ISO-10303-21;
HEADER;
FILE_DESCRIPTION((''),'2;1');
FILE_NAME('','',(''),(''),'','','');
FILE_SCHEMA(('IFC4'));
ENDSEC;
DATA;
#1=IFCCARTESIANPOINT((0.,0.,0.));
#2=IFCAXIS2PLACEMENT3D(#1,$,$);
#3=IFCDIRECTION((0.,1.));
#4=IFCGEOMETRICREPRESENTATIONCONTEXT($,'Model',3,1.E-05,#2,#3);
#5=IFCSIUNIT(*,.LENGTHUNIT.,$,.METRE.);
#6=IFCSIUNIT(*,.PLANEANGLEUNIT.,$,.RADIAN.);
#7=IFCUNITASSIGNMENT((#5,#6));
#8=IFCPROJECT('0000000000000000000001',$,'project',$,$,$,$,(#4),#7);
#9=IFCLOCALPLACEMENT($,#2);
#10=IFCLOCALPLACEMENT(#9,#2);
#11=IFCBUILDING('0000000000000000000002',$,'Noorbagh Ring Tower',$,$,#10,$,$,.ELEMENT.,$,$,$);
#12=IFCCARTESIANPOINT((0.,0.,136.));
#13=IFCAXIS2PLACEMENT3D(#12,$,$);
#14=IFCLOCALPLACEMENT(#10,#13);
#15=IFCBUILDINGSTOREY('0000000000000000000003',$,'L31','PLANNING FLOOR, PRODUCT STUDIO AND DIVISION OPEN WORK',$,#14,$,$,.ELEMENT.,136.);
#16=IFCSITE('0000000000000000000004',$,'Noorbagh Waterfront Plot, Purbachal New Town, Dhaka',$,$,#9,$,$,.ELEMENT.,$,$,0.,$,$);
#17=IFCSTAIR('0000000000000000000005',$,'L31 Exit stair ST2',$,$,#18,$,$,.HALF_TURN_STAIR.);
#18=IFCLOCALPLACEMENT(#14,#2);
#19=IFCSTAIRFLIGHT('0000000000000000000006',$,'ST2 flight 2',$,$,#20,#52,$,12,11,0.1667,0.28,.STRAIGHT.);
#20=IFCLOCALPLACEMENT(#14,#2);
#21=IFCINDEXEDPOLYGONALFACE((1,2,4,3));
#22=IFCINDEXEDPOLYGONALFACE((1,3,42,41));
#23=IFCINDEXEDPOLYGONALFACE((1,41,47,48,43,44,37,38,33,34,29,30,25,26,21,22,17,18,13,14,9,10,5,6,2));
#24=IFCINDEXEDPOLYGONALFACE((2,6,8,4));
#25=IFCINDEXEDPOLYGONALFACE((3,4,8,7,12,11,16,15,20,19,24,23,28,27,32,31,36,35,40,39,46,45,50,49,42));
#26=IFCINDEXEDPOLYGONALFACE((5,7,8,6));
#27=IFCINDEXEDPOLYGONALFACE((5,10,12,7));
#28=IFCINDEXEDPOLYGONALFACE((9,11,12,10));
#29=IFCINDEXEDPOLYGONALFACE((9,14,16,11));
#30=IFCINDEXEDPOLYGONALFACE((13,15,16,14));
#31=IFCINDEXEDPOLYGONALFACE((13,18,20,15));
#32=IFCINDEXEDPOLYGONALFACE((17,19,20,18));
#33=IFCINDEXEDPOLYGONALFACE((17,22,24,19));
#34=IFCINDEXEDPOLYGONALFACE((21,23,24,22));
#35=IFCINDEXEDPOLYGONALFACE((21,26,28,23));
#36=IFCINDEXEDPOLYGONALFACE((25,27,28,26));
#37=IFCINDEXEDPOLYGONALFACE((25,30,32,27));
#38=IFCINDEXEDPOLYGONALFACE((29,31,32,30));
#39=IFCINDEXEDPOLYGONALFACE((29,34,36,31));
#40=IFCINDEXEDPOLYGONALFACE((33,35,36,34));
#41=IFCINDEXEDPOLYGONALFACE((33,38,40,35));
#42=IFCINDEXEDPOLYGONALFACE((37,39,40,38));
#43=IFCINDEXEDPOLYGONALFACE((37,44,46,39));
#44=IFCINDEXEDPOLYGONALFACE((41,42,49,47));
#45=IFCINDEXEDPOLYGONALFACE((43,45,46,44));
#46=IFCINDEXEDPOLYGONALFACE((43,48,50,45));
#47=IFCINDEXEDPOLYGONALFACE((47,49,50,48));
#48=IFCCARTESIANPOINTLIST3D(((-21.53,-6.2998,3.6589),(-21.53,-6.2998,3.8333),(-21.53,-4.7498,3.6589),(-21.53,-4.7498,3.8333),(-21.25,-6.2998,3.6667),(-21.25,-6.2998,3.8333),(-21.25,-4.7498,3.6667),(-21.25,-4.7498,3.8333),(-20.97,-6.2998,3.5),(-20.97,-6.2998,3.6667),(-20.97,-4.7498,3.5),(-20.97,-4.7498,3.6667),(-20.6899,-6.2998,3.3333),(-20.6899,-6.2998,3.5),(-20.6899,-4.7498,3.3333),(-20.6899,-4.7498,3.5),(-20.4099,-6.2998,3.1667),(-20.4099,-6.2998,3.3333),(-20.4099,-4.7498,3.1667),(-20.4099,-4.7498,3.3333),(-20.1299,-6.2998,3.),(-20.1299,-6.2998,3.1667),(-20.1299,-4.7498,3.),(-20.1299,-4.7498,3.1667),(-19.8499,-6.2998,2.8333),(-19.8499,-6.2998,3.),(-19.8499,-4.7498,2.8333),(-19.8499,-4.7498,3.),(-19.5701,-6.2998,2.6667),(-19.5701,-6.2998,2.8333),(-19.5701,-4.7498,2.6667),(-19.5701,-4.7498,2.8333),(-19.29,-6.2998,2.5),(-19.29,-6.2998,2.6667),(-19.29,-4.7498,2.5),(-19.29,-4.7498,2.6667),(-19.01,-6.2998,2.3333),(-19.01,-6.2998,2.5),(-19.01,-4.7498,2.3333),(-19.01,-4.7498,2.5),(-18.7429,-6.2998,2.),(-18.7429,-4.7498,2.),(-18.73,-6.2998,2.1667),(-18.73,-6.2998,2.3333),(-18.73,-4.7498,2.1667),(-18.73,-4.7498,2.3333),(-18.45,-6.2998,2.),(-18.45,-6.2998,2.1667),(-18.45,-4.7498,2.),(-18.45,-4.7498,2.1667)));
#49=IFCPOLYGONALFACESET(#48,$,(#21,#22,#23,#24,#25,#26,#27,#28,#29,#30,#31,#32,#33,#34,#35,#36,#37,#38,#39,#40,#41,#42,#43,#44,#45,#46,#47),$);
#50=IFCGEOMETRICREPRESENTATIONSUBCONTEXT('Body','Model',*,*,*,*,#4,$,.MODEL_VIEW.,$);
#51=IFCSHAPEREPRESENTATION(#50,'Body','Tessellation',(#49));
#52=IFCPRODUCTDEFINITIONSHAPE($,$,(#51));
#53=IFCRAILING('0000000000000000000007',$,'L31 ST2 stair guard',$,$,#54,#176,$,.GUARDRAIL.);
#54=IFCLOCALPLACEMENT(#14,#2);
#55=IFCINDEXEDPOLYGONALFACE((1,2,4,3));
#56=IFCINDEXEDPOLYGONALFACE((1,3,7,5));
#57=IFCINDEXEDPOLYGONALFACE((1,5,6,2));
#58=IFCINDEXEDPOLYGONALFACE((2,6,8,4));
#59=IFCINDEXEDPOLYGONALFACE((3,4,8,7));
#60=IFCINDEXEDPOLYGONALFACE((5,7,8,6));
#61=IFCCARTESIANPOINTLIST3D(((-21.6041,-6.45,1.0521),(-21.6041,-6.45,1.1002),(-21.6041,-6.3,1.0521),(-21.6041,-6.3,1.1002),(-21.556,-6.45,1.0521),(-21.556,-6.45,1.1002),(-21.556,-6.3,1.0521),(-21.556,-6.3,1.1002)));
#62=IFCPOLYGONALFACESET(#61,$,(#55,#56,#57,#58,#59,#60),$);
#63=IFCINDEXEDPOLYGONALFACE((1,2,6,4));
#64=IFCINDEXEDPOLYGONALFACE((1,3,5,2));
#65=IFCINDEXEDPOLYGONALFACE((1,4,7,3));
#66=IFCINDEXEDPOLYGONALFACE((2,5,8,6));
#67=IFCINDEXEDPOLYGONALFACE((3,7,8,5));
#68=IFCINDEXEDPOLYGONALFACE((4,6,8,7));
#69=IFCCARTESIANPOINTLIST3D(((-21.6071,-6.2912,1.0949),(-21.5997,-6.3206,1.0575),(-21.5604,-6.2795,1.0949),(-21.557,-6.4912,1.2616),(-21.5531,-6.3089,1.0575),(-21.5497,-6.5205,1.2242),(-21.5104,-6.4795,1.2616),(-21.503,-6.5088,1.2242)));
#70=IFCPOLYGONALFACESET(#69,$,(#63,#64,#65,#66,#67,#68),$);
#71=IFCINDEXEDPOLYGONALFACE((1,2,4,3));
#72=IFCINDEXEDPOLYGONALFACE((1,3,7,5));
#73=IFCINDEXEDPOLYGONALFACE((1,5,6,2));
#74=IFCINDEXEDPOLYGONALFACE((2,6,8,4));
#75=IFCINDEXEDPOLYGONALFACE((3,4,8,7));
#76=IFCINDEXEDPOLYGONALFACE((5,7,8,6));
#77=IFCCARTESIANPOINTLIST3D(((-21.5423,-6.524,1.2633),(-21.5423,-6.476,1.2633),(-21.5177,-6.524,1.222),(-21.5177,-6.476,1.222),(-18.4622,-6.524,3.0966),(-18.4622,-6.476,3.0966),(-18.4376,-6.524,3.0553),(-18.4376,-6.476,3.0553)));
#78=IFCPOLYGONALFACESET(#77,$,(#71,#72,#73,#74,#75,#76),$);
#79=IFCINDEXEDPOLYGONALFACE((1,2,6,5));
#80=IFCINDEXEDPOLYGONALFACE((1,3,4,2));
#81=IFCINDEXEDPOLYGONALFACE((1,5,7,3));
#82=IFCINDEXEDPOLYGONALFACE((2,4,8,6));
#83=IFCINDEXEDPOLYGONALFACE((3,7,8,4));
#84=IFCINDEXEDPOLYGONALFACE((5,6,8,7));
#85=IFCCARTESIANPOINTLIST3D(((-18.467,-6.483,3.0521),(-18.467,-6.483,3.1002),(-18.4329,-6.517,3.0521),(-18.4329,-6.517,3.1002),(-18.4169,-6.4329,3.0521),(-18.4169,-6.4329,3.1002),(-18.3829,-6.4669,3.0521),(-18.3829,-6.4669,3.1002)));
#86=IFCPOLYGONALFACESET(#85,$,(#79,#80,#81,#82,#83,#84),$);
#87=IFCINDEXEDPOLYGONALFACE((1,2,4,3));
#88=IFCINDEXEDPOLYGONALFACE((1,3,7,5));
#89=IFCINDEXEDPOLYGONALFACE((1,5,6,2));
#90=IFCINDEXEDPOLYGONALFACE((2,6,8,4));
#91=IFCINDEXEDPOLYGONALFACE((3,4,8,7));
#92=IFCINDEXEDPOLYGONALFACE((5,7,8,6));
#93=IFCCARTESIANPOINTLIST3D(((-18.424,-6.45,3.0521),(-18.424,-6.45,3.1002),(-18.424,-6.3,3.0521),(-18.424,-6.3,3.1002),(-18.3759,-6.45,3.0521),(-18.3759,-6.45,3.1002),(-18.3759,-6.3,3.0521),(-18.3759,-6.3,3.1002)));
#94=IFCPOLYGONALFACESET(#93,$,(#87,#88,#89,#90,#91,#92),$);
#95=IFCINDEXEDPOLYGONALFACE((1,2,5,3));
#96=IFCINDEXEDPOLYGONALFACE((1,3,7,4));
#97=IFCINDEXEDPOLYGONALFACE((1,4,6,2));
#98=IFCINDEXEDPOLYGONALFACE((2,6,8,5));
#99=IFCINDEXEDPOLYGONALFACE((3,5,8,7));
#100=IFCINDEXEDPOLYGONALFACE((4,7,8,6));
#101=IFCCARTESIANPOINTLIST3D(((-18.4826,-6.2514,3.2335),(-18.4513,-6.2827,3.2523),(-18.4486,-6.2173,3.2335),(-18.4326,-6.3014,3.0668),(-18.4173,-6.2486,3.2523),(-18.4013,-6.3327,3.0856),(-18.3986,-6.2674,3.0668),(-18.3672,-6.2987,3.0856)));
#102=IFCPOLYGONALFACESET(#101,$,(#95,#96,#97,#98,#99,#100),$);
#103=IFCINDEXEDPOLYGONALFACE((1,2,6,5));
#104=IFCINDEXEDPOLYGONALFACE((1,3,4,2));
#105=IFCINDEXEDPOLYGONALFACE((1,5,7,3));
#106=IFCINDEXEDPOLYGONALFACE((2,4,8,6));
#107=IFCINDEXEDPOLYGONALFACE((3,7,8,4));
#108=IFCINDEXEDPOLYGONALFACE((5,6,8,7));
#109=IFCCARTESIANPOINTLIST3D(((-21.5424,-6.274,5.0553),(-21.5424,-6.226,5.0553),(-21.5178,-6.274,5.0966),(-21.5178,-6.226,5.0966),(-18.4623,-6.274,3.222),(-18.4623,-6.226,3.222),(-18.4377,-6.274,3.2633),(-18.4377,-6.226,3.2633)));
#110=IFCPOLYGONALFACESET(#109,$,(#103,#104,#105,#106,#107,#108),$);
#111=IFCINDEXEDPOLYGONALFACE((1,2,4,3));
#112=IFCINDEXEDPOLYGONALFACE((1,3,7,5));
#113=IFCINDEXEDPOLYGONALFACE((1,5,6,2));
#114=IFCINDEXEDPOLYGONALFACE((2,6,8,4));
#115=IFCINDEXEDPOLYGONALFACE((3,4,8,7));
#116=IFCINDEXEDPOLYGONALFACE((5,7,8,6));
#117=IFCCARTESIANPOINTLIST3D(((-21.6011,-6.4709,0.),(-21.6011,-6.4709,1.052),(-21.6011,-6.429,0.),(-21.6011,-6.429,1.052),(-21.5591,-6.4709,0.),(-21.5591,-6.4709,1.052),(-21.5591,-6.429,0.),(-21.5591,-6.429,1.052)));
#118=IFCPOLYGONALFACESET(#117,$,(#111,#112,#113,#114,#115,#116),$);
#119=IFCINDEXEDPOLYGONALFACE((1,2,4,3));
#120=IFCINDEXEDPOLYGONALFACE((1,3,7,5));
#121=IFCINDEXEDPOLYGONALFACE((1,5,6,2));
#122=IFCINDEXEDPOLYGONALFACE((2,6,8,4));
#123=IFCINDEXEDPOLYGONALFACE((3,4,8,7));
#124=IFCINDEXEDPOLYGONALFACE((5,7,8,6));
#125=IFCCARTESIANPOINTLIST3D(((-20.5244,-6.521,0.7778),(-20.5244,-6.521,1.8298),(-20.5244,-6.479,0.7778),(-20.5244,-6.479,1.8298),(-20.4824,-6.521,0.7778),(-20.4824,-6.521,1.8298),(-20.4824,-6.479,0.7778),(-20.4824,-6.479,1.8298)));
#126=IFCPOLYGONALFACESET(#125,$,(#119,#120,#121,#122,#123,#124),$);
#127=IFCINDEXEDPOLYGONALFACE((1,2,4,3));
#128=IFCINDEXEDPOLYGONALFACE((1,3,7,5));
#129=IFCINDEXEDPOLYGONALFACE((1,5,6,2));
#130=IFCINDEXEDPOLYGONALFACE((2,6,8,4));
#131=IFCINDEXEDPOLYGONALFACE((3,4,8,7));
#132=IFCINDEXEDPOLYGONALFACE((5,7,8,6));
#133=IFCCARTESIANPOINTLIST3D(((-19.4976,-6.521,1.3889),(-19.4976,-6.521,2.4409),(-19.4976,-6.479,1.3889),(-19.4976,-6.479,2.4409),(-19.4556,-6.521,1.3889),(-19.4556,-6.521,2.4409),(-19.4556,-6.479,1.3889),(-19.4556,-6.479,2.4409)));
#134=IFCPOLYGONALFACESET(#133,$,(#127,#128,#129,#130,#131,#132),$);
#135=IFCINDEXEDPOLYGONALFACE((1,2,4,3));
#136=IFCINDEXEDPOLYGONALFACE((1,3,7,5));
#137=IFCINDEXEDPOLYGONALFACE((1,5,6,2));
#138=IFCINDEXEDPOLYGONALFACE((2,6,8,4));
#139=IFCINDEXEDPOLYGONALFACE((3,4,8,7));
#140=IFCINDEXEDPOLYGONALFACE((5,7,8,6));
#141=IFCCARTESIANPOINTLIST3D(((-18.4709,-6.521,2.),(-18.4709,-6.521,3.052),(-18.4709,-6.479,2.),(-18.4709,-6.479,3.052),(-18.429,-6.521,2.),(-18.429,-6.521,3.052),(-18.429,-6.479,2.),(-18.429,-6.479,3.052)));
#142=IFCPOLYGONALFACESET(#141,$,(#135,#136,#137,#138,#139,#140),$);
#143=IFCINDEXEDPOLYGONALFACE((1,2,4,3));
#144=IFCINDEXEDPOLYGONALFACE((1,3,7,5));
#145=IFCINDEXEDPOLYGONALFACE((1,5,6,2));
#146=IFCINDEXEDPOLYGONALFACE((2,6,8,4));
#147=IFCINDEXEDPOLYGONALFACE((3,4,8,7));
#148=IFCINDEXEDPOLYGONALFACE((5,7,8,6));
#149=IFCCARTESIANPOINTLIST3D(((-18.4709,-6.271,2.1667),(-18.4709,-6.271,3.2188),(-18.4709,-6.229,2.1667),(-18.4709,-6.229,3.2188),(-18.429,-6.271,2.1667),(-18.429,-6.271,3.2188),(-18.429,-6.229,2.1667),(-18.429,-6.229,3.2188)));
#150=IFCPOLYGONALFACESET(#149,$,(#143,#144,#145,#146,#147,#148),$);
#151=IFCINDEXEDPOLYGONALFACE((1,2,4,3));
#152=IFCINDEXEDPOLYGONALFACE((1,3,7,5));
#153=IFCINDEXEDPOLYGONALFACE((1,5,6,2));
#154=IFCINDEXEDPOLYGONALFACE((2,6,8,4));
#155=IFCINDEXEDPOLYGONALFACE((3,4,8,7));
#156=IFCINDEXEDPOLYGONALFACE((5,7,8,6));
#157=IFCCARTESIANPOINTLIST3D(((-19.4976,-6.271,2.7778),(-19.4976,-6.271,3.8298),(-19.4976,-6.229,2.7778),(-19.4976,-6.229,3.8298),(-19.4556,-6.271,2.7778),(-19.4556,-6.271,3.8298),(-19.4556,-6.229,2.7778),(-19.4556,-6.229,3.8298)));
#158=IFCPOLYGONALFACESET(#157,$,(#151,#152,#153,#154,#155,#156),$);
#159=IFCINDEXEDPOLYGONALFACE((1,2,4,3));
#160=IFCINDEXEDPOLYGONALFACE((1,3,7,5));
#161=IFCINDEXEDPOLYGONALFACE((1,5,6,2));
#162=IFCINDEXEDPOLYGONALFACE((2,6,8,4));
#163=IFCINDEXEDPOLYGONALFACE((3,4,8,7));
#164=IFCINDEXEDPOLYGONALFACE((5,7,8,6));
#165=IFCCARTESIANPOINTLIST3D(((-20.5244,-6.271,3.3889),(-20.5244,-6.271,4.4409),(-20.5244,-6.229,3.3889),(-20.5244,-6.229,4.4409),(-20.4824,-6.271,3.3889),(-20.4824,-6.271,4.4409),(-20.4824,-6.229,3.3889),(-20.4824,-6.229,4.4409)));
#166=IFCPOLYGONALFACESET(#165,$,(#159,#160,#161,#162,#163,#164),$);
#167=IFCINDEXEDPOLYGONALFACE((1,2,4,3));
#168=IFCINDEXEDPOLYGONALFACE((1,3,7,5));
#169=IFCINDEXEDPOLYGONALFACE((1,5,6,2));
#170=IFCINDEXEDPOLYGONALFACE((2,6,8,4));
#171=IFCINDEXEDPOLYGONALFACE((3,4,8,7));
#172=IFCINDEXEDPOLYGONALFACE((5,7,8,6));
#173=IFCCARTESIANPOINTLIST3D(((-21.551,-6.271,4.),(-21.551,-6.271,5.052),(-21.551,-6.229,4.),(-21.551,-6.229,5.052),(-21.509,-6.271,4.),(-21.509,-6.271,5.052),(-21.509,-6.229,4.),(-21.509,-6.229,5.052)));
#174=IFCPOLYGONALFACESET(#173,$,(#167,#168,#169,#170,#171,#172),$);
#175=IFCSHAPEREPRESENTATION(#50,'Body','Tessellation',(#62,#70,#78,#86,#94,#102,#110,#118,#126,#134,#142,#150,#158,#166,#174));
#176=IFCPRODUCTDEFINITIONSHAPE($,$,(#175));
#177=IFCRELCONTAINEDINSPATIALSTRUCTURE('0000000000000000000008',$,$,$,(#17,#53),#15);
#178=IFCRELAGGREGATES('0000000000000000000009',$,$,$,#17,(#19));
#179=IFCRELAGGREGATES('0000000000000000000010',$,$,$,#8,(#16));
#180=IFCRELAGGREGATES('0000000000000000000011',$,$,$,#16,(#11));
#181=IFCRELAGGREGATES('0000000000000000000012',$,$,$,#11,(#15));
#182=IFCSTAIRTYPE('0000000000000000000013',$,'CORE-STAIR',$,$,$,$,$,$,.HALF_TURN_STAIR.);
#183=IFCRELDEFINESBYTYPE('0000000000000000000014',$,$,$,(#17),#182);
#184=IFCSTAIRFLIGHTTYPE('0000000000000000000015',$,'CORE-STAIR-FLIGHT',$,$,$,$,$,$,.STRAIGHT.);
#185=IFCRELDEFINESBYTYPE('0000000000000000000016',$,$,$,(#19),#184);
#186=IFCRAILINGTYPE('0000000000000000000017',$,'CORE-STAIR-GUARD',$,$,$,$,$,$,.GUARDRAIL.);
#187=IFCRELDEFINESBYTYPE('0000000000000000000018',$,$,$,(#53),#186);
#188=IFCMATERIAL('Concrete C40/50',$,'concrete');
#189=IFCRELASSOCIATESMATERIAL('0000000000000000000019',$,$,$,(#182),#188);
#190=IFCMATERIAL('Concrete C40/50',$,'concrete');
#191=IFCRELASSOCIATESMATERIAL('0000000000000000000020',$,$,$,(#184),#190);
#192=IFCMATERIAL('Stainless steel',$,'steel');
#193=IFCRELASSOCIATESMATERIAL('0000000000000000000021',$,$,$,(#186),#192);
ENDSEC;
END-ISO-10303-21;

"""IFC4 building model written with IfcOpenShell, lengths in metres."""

from ifc_helpers import new_model, si_unit, direction, frame, origin, origin_2d, place, context, subcontext, project, spatial, polyline, rectangle, outline, extrude, material, type_object, element, aggregate, save


model = new_model("IFC4")

# Units and contexts
model_context = context("Model", 3, precision=1e-05, world=origin(), true_north=direction((0.0, 1.0)))
body_context = subcontext(model_context, "Body", "Model", "MODEL_VIEW")
ifc_project = project(units=[si_unit("LENGTHUNIT", "METRE"), si_unit("PLANEANGLEUNIT", "RADIAN")], contexts=[model_context])

# Site, building, storey
site_placement = place(None, origin())
site = spatial("IfcSite", under=ifc_project, at=site_placement, Name="Noorbagh Waterfront Plot, Purbachal New Town, Dhaka", CompositionType="ELEMENT", RefElevation=0.0)
building_placement = place(site_placement, origin())
building = spatial("IfcBuilding", under=site, at=building_placement, Name="Noorbagh Ring Tower", CompositionType="ELEMENT")
storey_placement = place(building_placement, frame((0.0, 0.0, 136.0)))
storey = spatial("IfcBuildingStorey", under=building, at=storey_placement, Name="L31", Description="PLANNING FLOOR, PRODUCT STUDIO AND DIVISION OPEN WORK", CompositionType="ELEMENT", Elevation=136.0)

# Stair, stair flight
ifc_material_1 = material(Name="Concrete C40/50", Category="concrete")
stair_type = type_object("IfcStairType", Name="CORE-STAIR", PredefinedType="HALF_TURN_STAIR", material=ifc_material_1)
stair_placement = place(storey_placement, origin())
stair = element("IfcStair", 1, at=stair_placement, inside=storey, type_object=stair_type, Name="L31 Exit stair ST2", PredefinedType="HALF_TURN_STAIR")
ifc_material_2 = material(Name="Concrete C40/50", Category="concrete")
stair_flight_type = type_object("IfcStairFlightType", Name="CORE-STAIR-FLIGHT", PredefinedType="STRAIGHT", material=ifc_material_2)
stair_flight_1_placement = place(storey_placement, frame((-18.45, -5.5249, 2.0), z_axis=(0.0, 0.0, 1.0), x_axis=(-1.0, 0.0, 0.0)))
stair_flight_1 = element("IfcStairFlight", 2, at=stair_flight_1_placement, type_object=stair_flight_type, Name="ST2 flight 2", NumberOfRisers=12, NumberOfTreads=11, PredefinedType="STRAIGHT", RiserHeight=0.1667, TreadLength=0.28, context=body_context, shape_type="SweptSolid", body=[
    extrude(outline(polyline([(0.0, 0.0), (0.0, 0.1667), (0.28, 0.1667), (0.28, 0.3333), (0.5601, 0.3333), (0.5601, 0.5), (0.8401, 0.5), (0.8401, 0.6667), (1.1201, 0.6667), (1.1201, 0.8333), (1.3999, 0.8333), (1.3999, 1.0), (1.6799, 1.0), (1.6799, 1.1667), (1.96, 1.1667), (1.96, 1.3333), (2.24, 1.3333), (2.24, 1.5), (2.52, 1.5), (2.52, 1.6667), (2.8, 1.6667), (2.8, 1.8333), (3.0801, 1.8333), (3.0801, 2.0), (3.0801, 1.6589), (0.293, 0.0), (0.0, 0.0)])), frame((0.0, 0.7749, 0.0), z_axis=(0.0, -1.0, 0.0), x_axis=(1.0, 0.0, 0.0)), (0.0, 0.0, 1.0), 1.55),
])
aggregate(stair, [stair_flight_1])

# Railing
ifc_material_3 = material(Name="Stainless steel", Category="steel")
railing_type_1 = type_object("IfcRailingType", Name="CORE-STAIR-GUARD", PredefinedType="GUARDRAIL", material=ifc_material_3)
railing_1_placement = place(storey_placement, frame((-21.5801, -6.45, 0.0)))
element("IfcRailing", 3, at=railing_1_placement, inside=storey, type_object=railing_type_1, Name="L31 ST2 stair guard", PredefinedType="GUARDRAIL", context=body_context, shape_type="SweptSolid", body=[
    extrude(rectangle(XDim=0.0481, YDim=0.0481, at=origin_2d()), frame((0.0, 0.0, 1.0762), z_axis=(0.0, 1.0, 0.0), x_axis=(-1.0, 0.0, 0.0)), (0.0, 0.0, 1.0), 0.1499),
    extrude(rectangle(XDim=0.0481, YDim=0.0481, at=origin_2d()), frame((0.0, 0.1499, 1.0762), z_axis=(0.188776, -0.754182, 0.628946), x_axis=(0.970073, 0.242814, 0.0)), (0.0, 0.0, 1.0), 0.2651),
    extrude(rectangle(XDim=0.0481, YDim=0.0481, at=origin_2d()), frame((0.05, -0.05, 1.2427), z_axis=(0.859309, 0.0, 0.511458), x_axis=(0.0, 1.0, 0.0)), (0.0, 0.0, 1.0), 3.5845),
    extrude(rectangle(XDim=0.0481, YDim=0.0481, at=origin_2d()), frame((3.1301, -0.05, 3.0762), z_axis=(0.707107, 0.707107, 0.0), x_axis=(-0.707107, 0.707107, 0.0)), (0.0, 0.0, 1.0), 0.0708),
    extrude(rectangle(XDim=0.0481, YDim=0.0481, at=origin_2d()), frame((3.1802, 0.0, 3.0762), z_axis=(0.0, 1.0, 0.0), x_axis=(-1.0, 0.0, 0.0)), (0.0, 0.0, 1.0), 0.1499),
    extrude(rectangle(XDim=0.0481, YDim=0.0481, at=origin_2d()), frame((3.1802, 0.1499, 3.0762), z_axis=(-0.276287, 0.276287, 0.920506), x_axis=(-0.707107, -0.707107, 0.0)), (0.0, 0.0, 1.0), 0.1812),
    extrude(rectangle(XDim=0.0481, YDim=0.0481, at=origin_2d()), frame((3.1301, 0.2, 3.2427), z_axis=(-0.859309, 0.0, 0.511458), x_axis=(0.0, -1.0, 0.0)), (0.0, 0.0, 1.0), 3.5845),
    extrude(rectangle(XDim=0.042, YDim=0.042, at=origin_2d()), origin(), (0.0, 0.0, 1.0), 1.052),
    extrude(rectangle(XDim=0.042, YDim=0.042, at=origin_2d()), frame((1.0767, -0.05, 0.7778)), (0.0, 0.0, 1.0), 1.052),
    extrude(rectangle(XDim=0.042, YDim=0.042, at=origin_2d()), frame((2.1035, -0.05, 1.3889)), (0.0, 0.0, 1.0), 1.052),
    extrude(rectangle(XDim=0.042, YDim=0.042, at=origin_2d()), frame((3.1301, -0.05, 2.0)), (0.0, 0.0, 1.0), 1.052),
    extrude(rectangle(XDim=0.042, YDim=0.042, at=origin_2d()), frame((3.1301, 0.2, 2.1667)), (0.0, 0.0, 1.0), 1.052),
    extrude(rectangle(XDim=0.042, YDim=0.042, at=origin_2d()), frame((2.1035, 0.2, 2.7778)), (0.0, 0.0, 1.0), 1.052),
    extrude(rectangle(XDim=0.042, YDim=0.042, at=origin_2d()), frame((1.0767, 0.2, 3.3889)), (0.0, 0.0, 1.0), 1.052),
    extrude(rectangle(XDim=0.042, YDim=0.042, at=origin_2d()), frame((0.05, 0.2, 4.0)), (0.0, 0.0, 1.0), 1.052),
])

save(model, "model.ifc")
